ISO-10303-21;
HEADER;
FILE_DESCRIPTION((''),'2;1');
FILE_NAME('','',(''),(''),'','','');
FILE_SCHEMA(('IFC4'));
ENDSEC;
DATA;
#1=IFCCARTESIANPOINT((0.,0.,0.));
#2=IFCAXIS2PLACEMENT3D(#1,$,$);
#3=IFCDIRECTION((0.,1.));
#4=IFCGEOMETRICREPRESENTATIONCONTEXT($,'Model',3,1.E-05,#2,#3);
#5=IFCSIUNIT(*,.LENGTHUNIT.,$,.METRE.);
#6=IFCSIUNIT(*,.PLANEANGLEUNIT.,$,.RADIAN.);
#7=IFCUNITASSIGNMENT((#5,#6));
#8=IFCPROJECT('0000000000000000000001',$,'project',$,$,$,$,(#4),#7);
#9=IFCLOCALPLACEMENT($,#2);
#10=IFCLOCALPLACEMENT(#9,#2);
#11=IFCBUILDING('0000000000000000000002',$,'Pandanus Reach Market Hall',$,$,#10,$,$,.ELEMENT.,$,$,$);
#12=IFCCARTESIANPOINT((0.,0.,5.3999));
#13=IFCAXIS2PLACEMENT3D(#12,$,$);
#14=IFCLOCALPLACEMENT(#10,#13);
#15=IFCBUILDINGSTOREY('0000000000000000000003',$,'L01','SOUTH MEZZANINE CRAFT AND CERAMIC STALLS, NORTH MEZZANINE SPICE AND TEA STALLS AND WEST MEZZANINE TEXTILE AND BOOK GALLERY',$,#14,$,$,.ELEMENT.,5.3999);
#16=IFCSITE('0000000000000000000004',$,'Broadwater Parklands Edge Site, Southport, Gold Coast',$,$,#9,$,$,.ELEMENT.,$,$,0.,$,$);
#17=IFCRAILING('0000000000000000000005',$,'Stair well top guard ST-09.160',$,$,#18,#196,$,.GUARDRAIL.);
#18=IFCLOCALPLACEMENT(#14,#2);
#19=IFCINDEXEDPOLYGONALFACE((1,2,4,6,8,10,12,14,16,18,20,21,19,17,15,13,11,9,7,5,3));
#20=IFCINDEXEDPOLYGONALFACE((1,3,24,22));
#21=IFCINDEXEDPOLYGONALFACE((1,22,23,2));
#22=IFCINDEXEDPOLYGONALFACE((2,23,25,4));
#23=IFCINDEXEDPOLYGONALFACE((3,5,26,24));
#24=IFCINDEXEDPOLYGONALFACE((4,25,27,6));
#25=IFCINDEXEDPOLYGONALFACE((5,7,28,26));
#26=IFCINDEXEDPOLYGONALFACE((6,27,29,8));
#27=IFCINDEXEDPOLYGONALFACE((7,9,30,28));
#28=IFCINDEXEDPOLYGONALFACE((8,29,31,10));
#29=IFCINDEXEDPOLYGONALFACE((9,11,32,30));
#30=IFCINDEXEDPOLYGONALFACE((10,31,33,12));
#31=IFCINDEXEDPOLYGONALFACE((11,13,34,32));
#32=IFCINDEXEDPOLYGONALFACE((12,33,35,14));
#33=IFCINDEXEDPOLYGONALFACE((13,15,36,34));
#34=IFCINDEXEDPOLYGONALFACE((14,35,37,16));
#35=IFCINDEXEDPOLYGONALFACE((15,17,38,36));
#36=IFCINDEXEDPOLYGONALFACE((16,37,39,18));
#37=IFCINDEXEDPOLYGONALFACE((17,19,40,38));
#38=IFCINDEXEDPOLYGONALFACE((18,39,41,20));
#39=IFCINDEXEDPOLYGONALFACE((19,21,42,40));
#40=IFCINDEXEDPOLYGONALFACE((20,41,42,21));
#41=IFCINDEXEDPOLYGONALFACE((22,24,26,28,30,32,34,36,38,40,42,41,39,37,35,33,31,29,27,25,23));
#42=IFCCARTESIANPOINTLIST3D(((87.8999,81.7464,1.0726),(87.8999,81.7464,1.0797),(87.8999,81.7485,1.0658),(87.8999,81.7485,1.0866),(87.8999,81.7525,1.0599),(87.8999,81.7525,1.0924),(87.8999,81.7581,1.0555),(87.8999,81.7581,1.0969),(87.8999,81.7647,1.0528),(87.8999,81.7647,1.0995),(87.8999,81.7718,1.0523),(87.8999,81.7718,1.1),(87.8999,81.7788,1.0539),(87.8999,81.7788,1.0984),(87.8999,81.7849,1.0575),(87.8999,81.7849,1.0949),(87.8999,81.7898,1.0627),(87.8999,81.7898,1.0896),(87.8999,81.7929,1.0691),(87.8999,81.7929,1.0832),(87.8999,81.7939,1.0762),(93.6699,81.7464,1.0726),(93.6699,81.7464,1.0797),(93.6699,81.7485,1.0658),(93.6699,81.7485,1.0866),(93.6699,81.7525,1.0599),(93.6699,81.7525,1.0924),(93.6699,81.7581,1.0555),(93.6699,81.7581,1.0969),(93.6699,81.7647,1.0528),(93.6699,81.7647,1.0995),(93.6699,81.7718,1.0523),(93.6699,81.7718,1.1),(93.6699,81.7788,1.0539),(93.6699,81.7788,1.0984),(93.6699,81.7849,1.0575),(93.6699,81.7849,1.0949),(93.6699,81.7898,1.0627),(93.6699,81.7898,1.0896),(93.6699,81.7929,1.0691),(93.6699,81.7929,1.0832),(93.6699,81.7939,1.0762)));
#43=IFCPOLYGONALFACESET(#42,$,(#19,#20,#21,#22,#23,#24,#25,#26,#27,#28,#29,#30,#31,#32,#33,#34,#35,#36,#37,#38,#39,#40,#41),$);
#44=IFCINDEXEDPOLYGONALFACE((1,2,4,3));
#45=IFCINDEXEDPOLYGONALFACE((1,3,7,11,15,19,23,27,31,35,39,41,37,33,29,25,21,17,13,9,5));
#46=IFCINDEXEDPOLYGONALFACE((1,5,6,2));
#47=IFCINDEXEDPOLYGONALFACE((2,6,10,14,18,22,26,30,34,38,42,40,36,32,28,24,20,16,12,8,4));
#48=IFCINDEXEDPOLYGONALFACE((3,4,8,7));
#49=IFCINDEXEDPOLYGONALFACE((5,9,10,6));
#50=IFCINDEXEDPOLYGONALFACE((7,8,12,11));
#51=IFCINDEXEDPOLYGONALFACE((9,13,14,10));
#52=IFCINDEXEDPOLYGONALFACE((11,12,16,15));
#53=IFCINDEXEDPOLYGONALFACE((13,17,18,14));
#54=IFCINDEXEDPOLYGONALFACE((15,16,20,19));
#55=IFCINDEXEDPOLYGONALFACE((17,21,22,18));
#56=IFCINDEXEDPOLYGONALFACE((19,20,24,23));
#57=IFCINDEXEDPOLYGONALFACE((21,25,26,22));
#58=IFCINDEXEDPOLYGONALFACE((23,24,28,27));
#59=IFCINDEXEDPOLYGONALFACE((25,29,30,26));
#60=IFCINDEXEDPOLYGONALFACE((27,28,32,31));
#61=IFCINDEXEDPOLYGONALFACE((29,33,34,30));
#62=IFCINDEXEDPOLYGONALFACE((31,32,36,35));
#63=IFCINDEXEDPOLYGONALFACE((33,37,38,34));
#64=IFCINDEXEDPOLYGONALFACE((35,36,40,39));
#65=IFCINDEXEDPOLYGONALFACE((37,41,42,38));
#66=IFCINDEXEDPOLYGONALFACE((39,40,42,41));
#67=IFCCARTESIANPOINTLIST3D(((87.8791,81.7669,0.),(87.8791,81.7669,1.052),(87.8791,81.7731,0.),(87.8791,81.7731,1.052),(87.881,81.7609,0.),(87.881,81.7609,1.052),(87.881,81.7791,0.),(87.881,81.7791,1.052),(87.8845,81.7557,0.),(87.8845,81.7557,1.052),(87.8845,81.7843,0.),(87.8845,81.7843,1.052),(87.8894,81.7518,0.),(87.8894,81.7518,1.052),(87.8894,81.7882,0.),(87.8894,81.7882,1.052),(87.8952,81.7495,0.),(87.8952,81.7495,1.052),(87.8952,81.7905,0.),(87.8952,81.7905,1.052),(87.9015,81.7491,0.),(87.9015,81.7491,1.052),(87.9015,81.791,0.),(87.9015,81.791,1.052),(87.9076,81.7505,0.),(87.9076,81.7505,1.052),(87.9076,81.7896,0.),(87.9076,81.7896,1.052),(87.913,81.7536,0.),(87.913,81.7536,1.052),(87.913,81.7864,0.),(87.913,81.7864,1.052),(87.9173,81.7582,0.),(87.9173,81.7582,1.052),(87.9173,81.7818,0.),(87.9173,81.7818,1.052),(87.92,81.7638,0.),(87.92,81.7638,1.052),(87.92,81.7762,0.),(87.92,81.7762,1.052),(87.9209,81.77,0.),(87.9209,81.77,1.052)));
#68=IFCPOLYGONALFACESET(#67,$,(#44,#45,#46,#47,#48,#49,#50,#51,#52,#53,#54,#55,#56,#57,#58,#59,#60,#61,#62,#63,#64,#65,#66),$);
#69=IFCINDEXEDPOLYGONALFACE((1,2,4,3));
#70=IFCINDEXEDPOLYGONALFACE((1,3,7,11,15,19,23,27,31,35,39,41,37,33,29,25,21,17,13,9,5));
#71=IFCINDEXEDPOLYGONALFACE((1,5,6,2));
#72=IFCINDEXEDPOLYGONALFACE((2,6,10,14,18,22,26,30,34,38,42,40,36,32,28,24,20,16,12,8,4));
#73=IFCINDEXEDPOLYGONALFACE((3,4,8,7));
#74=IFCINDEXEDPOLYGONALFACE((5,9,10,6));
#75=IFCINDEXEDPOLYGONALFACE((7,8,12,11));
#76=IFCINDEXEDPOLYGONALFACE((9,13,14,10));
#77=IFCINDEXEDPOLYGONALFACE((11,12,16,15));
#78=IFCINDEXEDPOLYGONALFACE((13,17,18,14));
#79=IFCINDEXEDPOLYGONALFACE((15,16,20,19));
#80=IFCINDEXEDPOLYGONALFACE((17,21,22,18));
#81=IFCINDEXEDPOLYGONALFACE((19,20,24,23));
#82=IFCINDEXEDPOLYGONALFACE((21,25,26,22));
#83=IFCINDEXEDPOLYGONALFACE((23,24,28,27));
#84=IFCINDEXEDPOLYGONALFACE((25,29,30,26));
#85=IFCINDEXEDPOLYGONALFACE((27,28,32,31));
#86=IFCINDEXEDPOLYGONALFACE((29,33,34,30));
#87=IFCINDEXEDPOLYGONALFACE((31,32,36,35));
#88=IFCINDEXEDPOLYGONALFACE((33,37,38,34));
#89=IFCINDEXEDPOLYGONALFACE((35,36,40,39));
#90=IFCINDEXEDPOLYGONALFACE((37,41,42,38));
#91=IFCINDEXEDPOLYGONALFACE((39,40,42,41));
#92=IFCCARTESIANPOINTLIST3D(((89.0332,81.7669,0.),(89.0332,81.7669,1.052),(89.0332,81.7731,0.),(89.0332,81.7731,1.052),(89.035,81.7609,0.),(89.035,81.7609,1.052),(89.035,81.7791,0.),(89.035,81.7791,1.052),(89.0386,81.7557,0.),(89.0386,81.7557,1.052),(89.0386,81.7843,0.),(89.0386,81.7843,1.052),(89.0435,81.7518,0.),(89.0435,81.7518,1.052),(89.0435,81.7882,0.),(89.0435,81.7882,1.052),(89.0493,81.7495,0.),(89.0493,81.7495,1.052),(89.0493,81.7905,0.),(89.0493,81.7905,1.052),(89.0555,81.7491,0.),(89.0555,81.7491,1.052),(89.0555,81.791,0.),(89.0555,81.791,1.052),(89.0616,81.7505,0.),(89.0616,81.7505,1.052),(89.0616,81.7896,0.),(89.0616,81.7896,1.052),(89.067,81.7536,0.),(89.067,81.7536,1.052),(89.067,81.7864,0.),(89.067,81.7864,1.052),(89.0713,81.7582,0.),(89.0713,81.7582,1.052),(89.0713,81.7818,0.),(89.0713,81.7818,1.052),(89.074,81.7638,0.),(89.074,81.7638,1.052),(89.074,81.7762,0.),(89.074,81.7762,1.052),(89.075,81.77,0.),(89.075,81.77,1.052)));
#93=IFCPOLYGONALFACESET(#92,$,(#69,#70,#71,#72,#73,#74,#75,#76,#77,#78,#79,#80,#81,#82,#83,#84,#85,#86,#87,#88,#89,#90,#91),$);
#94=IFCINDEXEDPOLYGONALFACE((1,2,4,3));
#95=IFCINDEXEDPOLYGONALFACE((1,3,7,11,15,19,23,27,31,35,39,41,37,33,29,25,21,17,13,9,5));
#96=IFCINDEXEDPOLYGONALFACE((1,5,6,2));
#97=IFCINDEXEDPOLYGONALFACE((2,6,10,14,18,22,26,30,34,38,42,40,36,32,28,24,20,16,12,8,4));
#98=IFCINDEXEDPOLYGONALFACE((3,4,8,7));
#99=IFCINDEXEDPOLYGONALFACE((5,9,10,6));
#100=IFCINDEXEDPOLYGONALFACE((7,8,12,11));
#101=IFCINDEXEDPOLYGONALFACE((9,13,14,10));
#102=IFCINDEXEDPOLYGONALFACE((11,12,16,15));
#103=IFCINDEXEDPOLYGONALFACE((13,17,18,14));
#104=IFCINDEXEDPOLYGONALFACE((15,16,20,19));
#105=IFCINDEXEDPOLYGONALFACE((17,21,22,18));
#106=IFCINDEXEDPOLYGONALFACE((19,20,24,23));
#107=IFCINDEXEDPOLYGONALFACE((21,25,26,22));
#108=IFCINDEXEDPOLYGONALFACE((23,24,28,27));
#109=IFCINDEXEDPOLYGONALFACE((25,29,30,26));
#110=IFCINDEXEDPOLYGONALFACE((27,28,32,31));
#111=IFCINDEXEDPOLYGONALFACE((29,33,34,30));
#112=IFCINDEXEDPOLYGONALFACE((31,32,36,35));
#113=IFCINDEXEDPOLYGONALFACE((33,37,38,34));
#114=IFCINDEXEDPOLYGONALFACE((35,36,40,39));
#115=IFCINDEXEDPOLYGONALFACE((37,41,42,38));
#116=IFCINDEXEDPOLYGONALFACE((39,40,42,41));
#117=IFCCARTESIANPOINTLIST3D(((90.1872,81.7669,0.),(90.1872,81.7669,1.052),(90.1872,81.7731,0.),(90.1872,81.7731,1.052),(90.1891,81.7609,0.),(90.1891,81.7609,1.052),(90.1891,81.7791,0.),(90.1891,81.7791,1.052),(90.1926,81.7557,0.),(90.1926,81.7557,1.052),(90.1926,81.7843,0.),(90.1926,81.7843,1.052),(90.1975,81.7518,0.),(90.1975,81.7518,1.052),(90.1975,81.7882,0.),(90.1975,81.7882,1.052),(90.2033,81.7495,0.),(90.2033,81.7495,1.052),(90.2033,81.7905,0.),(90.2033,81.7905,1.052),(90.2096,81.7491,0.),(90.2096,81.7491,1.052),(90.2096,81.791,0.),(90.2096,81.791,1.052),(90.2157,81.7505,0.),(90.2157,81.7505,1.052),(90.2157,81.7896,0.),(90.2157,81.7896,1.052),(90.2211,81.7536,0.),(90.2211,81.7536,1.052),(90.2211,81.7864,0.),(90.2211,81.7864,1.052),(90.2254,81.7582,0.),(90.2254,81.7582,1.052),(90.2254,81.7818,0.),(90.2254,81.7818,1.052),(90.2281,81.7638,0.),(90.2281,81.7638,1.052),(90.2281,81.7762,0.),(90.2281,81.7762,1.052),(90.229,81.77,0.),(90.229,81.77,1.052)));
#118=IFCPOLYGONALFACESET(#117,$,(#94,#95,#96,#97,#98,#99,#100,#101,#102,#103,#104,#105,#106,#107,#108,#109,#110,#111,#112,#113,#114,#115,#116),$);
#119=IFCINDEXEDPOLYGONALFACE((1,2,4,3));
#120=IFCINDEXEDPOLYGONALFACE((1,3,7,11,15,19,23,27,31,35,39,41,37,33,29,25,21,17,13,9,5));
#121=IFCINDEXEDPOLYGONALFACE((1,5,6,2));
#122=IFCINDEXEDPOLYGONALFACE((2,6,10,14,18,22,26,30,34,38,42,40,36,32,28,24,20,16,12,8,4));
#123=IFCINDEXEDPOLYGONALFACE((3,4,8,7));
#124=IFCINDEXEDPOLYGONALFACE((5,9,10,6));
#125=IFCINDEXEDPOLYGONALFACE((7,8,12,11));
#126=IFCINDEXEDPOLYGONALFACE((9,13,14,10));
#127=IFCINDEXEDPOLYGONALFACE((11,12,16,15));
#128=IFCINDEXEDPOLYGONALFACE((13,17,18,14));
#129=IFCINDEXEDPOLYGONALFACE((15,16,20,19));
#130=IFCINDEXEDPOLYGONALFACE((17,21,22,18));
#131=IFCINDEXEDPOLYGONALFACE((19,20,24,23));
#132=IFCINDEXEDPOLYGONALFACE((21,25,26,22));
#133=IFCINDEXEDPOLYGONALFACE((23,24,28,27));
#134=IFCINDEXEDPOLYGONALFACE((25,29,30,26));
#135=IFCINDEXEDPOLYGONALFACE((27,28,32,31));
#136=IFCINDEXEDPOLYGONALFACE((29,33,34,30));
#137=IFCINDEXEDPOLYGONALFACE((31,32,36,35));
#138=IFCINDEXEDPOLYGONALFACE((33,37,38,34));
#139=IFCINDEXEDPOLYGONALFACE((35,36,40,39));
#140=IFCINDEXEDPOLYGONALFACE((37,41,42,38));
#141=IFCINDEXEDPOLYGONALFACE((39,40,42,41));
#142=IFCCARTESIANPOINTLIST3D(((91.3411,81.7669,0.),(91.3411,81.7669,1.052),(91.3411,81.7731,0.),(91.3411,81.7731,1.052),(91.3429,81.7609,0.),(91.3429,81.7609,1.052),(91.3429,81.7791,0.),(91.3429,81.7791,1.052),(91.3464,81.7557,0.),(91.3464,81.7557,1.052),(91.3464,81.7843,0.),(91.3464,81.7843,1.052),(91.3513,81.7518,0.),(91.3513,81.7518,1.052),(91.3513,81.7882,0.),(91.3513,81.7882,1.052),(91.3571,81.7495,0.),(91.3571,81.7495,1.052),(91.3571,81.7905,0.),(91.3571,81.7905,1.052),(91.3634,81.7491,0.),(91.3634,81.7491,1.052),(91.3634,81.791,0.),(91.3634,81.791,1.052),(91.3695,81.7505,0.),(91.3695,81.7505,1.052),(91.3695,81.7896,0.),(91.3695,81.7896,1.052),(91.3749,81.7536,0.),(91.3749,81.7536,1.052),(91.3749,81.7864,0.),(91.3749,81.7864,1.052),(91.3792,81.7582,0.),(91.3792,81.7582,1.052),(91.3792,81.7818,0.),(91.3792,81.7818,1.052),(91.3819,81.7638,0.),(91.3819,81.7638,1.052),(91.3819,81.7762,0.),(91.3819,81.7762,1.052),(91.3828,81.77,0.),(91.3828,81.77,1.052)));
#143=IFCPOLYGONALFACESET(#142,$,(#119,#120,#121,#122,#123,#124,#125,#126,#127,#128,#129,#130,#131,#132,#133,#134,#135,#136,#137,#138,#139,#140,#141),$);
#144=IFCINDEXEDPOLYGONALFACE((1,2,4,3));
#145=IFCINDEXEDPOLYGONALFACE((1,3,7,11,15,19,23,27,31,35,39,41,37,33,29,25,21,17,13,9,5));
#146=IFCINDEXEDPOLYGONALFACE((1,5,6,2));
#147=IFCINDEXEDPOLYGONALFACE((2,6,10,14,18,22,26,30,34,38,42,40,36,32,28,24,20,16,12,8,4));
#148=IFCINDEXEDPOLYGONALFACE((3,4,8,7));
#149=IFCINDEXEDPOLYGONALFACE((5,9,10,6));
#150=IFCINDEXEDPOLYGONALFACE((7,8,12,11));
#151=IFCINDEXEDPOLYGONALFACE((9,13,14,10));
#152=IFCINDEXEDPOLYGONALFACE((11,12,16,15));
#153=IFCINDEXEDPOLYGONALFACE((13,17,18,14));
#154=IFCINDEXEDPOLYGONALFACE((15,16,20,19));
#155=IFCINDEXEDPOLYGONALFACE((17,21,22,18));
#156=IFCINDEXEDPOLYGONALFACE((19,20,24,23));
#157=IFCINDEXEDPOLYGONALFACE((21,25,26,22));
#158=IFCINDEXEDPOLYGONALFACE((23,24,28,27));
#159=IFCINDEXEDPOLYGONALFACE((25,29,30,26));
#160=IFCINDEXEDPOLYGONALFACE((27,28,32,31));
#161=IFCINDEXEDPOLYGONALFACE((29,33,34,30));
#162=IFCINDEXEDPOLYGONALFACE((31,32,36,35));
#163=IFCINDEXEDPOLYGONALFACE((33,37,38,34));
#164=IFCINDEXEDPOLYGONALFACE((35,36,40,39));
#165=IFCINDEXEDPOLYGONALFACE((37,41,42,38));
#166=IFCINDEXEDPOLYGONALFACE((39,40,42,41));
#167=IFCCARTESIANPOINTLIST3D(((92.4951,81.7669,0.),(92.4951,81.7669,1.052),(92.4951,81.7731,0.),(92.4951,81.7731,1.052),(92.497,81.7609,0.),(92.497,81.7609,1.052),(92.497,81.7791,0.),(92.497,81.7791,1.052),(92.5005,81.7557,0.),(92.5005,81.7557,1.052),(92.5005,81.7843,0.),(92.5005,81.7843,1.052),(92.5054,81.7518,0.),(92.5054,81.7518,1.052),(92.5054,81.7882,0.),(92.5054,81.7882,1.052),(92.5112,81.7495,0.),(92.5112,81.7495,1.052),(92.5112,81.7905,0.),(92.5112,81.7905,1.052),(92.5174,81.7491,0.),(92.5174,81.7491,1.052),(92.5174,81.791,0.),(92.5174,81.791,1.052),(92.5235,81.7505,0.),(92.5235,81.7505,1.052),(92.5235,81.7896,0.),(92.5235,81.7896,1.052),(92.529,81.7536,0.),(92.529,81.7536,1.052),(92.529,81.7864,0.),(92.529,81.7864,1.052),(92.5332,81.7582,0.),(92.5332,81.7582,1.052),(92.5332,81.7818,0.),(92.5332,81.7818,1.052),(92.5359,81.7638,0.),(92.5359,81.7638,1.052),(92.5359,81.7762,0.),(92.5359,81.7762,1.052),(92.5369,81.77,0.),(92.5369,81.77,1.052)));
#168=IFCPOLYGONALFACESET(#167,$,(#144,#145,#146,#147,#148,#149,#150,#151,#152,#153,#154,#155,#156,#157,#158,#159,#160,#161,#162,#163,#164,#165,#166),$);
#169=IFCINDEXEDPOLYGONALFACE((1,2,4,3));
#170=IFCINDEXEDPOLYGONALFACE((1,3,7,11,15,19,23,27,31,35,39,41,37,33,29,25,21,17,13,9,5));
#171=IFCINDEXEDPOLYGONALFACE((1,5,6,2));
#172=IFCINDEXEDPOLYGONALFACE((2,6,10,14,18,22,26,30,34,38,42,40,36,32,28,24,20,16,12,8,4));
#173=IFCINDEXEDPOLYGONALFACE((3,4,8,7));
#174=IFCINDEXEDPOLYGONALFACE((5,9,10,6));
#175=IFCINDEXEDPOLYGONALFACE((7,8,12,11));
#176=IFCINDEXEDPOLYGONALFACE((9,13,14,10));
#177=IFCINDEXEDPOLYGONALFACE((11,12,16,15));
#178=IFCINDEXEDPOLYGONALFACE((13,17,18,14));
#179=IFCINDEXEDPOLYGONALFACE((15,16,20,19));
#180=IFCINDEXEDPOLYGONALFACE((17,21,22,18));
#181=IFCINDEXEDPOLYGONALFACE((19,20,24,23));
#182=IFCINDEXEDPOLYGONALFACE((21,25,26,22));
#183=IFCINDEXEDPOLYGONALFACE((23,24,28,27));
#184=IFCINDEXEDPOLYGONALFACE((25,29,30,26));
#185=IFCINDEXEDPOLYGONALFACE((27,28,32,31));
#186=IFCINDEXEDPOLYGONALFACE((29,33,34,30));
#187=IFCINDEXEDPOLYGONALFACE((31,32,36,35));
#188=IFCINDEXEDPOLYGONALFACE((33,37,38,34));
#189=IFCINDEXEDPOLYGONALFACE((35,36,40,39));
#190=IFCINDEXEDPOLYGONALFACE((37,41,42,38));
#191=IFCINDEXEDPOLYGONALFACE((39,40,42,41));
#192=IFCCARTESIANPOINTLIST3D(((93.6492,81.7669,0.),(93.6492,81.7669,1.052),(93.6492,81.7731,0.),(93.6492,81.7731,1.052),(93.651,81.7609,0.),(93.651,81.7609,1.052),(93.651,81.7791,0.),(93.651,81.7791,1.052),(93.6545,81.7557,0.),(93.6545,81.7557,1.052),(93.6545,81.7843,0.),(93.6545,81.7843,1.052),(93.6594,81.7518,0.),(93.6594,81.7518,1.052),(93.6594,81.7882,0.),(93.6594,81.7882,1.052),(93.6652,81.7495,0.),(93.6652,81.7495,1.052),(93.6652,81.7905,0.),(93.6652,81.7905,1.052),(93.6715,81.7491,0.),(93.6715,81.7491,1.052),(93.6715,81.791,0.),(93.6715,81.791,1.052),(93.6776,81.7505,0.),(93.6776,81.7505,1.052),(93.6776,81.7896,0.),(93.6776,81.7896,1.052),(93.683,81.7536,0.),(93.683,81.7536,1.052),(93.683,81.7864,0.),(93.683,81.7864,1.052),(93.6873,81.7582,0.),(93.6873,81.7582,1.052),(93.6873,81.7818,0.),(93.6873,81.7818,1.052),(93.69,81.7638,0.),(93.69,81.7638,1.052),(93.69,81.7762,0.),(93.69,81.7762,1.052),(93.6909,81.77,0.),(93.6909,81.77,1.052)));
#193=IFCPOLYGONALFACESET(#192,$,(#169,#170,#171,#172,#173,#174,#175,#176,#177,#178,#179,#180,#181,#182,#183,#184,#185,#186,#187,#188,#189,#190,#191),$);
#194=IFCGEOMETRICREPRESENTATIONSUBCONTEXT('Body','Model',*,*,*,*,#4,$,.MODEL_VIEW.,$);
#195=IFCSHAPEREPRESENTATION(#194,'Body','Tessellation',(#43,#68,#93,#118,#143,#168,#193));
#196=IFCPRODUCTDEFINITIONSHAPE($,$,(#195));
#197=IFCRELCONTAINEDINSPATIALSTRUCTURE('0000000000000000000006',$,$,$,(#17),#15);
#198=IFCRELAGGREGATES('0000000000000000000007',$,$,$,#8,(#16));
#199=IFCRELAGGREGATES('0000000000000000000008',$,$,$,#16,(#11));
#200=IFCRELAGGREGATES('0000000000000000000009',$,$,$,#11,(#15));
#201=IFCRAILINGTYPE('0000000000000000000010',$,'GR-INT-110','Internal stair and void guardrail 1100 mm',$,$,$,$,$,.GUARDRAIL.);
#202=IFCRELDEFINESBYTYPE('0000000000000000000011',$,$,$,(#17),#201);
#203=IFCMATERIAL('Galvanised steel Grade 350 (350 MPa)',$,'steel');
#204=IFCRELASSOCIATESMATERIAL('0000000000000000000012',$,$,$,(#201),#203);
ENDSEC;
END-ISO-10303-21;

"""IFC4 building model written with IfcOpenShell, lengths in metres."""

from ifc_helpers import new_model, si_unit, direction, frame, origin, origin_2d, place, context, subcontext, project, spatial, circle, extrude, material, type_object, element, save


model = new_model("IFC4")

# Units and contexts
model_context = context("Model", 3, precision=1e-05, world=origin(), true_north=direction((0.0, 1.0)))
body_context = subcontext(model_context, "Body", "Model", "MODEL_VIEW")
ifc_project = project(units=[si_unit("LENGTHUNIT", "METRE"), si_unit("PLANEANGLEUNIT", "RADIAN")], contexts=[model_context])

# Site, building, storey
site_placement = place(None, origin())
site = spatial("IfcSite", under=ifc_project, at=site_placement, Name="Broadwater Parklands Edge Site, Southport, Gold Coast", CompositionType="ELEMENT", RefElevation=0.0)
building_placement = place(site_placement, origin())
building = spatial("IfcBuilding", under=site, at=building_placement, Name="Pandanus Reach Market Hall", CompositionType="ELEMENT")
storey_placement = place(building_placement, frame((0.0, 0.0, 5.3999)))
storey = spatial("IfcBuildingStorey", under=building, at=storey_placement, Name="L01", Description="SOUTH MEZZANINE CRAFT AND CERAMIC STALLS, NORTH MEZZANINE SPICE AND TEA STALLS AND WEST MEZZANINE TEXTILE AND BOOK GALLERY", CompositionType="ELEMENT", Elevation=5.3999)

# Railing
ifc_material_1 = material(Name="Galvanised steel Grade 350 (350 MPa)", Category="steel")
railing_type = type_object("IfcRailingType", Name="GR-INT-110", Description="Internal stair and void guardrail 1100 mm", PredefinedType="GUARDRAIL", material=ifc_material_1)
for number, where, name in (
    (1, (87.8999, 81.77, 0.0), "Stair well top guard ST-09.160"),
):
    element("IfcRailing", number, at=place(storey_placement, frame(where)), inside=storey, type_object=railing_type, Name=name, PredefinedType="GUARDRAIL", context=body_context, shape_type="SweptSolid", body=[
        extrude(circle(Radius=0.0239, at=origin_2d()), frame((0.0, 0.0, 1.0762), z_axis=(1.0, 0.0, 0.0), x_axis=(0.0, 1.0, 0.0)), (0.0, 0.0, 1.0), 5.77),
        extrude(circle(Radius=0.021, at=origin_2d()), origin(), (0.0, 0.0, 1.0), 1.052),
        extrude(circle(Radius=0.021, at=origin_2d()), frame((1.1541, 0.0, 0.0)), (0.0, 0.0, 1.0), 1.052),
        extrude(circle(Radius=0.021, at=origin_2d()), frame((2.3081, 0.0, 0.0)), (0.0, 0.0, 1.0), 1.052),
        extrude(circle(Radius=0.021, at=origin_2d()), frame((3.4619, 0.0, 0.0)), (0.0, 0.0, 1.0), 1.052),
        extrude(circle(Radius=0.021, at=origin_2d()), frame((4.616, 0.0, 0.0)), (0.0, 0.0, 1.0), 1.052),
        extrude(circle(Radius=0.021, at=origin_2d()), frame((5.77, 0.0, 0.0)), (0.0, 0.0, 1.0), 1.052),
    ])

save(model, "model.ifc")
